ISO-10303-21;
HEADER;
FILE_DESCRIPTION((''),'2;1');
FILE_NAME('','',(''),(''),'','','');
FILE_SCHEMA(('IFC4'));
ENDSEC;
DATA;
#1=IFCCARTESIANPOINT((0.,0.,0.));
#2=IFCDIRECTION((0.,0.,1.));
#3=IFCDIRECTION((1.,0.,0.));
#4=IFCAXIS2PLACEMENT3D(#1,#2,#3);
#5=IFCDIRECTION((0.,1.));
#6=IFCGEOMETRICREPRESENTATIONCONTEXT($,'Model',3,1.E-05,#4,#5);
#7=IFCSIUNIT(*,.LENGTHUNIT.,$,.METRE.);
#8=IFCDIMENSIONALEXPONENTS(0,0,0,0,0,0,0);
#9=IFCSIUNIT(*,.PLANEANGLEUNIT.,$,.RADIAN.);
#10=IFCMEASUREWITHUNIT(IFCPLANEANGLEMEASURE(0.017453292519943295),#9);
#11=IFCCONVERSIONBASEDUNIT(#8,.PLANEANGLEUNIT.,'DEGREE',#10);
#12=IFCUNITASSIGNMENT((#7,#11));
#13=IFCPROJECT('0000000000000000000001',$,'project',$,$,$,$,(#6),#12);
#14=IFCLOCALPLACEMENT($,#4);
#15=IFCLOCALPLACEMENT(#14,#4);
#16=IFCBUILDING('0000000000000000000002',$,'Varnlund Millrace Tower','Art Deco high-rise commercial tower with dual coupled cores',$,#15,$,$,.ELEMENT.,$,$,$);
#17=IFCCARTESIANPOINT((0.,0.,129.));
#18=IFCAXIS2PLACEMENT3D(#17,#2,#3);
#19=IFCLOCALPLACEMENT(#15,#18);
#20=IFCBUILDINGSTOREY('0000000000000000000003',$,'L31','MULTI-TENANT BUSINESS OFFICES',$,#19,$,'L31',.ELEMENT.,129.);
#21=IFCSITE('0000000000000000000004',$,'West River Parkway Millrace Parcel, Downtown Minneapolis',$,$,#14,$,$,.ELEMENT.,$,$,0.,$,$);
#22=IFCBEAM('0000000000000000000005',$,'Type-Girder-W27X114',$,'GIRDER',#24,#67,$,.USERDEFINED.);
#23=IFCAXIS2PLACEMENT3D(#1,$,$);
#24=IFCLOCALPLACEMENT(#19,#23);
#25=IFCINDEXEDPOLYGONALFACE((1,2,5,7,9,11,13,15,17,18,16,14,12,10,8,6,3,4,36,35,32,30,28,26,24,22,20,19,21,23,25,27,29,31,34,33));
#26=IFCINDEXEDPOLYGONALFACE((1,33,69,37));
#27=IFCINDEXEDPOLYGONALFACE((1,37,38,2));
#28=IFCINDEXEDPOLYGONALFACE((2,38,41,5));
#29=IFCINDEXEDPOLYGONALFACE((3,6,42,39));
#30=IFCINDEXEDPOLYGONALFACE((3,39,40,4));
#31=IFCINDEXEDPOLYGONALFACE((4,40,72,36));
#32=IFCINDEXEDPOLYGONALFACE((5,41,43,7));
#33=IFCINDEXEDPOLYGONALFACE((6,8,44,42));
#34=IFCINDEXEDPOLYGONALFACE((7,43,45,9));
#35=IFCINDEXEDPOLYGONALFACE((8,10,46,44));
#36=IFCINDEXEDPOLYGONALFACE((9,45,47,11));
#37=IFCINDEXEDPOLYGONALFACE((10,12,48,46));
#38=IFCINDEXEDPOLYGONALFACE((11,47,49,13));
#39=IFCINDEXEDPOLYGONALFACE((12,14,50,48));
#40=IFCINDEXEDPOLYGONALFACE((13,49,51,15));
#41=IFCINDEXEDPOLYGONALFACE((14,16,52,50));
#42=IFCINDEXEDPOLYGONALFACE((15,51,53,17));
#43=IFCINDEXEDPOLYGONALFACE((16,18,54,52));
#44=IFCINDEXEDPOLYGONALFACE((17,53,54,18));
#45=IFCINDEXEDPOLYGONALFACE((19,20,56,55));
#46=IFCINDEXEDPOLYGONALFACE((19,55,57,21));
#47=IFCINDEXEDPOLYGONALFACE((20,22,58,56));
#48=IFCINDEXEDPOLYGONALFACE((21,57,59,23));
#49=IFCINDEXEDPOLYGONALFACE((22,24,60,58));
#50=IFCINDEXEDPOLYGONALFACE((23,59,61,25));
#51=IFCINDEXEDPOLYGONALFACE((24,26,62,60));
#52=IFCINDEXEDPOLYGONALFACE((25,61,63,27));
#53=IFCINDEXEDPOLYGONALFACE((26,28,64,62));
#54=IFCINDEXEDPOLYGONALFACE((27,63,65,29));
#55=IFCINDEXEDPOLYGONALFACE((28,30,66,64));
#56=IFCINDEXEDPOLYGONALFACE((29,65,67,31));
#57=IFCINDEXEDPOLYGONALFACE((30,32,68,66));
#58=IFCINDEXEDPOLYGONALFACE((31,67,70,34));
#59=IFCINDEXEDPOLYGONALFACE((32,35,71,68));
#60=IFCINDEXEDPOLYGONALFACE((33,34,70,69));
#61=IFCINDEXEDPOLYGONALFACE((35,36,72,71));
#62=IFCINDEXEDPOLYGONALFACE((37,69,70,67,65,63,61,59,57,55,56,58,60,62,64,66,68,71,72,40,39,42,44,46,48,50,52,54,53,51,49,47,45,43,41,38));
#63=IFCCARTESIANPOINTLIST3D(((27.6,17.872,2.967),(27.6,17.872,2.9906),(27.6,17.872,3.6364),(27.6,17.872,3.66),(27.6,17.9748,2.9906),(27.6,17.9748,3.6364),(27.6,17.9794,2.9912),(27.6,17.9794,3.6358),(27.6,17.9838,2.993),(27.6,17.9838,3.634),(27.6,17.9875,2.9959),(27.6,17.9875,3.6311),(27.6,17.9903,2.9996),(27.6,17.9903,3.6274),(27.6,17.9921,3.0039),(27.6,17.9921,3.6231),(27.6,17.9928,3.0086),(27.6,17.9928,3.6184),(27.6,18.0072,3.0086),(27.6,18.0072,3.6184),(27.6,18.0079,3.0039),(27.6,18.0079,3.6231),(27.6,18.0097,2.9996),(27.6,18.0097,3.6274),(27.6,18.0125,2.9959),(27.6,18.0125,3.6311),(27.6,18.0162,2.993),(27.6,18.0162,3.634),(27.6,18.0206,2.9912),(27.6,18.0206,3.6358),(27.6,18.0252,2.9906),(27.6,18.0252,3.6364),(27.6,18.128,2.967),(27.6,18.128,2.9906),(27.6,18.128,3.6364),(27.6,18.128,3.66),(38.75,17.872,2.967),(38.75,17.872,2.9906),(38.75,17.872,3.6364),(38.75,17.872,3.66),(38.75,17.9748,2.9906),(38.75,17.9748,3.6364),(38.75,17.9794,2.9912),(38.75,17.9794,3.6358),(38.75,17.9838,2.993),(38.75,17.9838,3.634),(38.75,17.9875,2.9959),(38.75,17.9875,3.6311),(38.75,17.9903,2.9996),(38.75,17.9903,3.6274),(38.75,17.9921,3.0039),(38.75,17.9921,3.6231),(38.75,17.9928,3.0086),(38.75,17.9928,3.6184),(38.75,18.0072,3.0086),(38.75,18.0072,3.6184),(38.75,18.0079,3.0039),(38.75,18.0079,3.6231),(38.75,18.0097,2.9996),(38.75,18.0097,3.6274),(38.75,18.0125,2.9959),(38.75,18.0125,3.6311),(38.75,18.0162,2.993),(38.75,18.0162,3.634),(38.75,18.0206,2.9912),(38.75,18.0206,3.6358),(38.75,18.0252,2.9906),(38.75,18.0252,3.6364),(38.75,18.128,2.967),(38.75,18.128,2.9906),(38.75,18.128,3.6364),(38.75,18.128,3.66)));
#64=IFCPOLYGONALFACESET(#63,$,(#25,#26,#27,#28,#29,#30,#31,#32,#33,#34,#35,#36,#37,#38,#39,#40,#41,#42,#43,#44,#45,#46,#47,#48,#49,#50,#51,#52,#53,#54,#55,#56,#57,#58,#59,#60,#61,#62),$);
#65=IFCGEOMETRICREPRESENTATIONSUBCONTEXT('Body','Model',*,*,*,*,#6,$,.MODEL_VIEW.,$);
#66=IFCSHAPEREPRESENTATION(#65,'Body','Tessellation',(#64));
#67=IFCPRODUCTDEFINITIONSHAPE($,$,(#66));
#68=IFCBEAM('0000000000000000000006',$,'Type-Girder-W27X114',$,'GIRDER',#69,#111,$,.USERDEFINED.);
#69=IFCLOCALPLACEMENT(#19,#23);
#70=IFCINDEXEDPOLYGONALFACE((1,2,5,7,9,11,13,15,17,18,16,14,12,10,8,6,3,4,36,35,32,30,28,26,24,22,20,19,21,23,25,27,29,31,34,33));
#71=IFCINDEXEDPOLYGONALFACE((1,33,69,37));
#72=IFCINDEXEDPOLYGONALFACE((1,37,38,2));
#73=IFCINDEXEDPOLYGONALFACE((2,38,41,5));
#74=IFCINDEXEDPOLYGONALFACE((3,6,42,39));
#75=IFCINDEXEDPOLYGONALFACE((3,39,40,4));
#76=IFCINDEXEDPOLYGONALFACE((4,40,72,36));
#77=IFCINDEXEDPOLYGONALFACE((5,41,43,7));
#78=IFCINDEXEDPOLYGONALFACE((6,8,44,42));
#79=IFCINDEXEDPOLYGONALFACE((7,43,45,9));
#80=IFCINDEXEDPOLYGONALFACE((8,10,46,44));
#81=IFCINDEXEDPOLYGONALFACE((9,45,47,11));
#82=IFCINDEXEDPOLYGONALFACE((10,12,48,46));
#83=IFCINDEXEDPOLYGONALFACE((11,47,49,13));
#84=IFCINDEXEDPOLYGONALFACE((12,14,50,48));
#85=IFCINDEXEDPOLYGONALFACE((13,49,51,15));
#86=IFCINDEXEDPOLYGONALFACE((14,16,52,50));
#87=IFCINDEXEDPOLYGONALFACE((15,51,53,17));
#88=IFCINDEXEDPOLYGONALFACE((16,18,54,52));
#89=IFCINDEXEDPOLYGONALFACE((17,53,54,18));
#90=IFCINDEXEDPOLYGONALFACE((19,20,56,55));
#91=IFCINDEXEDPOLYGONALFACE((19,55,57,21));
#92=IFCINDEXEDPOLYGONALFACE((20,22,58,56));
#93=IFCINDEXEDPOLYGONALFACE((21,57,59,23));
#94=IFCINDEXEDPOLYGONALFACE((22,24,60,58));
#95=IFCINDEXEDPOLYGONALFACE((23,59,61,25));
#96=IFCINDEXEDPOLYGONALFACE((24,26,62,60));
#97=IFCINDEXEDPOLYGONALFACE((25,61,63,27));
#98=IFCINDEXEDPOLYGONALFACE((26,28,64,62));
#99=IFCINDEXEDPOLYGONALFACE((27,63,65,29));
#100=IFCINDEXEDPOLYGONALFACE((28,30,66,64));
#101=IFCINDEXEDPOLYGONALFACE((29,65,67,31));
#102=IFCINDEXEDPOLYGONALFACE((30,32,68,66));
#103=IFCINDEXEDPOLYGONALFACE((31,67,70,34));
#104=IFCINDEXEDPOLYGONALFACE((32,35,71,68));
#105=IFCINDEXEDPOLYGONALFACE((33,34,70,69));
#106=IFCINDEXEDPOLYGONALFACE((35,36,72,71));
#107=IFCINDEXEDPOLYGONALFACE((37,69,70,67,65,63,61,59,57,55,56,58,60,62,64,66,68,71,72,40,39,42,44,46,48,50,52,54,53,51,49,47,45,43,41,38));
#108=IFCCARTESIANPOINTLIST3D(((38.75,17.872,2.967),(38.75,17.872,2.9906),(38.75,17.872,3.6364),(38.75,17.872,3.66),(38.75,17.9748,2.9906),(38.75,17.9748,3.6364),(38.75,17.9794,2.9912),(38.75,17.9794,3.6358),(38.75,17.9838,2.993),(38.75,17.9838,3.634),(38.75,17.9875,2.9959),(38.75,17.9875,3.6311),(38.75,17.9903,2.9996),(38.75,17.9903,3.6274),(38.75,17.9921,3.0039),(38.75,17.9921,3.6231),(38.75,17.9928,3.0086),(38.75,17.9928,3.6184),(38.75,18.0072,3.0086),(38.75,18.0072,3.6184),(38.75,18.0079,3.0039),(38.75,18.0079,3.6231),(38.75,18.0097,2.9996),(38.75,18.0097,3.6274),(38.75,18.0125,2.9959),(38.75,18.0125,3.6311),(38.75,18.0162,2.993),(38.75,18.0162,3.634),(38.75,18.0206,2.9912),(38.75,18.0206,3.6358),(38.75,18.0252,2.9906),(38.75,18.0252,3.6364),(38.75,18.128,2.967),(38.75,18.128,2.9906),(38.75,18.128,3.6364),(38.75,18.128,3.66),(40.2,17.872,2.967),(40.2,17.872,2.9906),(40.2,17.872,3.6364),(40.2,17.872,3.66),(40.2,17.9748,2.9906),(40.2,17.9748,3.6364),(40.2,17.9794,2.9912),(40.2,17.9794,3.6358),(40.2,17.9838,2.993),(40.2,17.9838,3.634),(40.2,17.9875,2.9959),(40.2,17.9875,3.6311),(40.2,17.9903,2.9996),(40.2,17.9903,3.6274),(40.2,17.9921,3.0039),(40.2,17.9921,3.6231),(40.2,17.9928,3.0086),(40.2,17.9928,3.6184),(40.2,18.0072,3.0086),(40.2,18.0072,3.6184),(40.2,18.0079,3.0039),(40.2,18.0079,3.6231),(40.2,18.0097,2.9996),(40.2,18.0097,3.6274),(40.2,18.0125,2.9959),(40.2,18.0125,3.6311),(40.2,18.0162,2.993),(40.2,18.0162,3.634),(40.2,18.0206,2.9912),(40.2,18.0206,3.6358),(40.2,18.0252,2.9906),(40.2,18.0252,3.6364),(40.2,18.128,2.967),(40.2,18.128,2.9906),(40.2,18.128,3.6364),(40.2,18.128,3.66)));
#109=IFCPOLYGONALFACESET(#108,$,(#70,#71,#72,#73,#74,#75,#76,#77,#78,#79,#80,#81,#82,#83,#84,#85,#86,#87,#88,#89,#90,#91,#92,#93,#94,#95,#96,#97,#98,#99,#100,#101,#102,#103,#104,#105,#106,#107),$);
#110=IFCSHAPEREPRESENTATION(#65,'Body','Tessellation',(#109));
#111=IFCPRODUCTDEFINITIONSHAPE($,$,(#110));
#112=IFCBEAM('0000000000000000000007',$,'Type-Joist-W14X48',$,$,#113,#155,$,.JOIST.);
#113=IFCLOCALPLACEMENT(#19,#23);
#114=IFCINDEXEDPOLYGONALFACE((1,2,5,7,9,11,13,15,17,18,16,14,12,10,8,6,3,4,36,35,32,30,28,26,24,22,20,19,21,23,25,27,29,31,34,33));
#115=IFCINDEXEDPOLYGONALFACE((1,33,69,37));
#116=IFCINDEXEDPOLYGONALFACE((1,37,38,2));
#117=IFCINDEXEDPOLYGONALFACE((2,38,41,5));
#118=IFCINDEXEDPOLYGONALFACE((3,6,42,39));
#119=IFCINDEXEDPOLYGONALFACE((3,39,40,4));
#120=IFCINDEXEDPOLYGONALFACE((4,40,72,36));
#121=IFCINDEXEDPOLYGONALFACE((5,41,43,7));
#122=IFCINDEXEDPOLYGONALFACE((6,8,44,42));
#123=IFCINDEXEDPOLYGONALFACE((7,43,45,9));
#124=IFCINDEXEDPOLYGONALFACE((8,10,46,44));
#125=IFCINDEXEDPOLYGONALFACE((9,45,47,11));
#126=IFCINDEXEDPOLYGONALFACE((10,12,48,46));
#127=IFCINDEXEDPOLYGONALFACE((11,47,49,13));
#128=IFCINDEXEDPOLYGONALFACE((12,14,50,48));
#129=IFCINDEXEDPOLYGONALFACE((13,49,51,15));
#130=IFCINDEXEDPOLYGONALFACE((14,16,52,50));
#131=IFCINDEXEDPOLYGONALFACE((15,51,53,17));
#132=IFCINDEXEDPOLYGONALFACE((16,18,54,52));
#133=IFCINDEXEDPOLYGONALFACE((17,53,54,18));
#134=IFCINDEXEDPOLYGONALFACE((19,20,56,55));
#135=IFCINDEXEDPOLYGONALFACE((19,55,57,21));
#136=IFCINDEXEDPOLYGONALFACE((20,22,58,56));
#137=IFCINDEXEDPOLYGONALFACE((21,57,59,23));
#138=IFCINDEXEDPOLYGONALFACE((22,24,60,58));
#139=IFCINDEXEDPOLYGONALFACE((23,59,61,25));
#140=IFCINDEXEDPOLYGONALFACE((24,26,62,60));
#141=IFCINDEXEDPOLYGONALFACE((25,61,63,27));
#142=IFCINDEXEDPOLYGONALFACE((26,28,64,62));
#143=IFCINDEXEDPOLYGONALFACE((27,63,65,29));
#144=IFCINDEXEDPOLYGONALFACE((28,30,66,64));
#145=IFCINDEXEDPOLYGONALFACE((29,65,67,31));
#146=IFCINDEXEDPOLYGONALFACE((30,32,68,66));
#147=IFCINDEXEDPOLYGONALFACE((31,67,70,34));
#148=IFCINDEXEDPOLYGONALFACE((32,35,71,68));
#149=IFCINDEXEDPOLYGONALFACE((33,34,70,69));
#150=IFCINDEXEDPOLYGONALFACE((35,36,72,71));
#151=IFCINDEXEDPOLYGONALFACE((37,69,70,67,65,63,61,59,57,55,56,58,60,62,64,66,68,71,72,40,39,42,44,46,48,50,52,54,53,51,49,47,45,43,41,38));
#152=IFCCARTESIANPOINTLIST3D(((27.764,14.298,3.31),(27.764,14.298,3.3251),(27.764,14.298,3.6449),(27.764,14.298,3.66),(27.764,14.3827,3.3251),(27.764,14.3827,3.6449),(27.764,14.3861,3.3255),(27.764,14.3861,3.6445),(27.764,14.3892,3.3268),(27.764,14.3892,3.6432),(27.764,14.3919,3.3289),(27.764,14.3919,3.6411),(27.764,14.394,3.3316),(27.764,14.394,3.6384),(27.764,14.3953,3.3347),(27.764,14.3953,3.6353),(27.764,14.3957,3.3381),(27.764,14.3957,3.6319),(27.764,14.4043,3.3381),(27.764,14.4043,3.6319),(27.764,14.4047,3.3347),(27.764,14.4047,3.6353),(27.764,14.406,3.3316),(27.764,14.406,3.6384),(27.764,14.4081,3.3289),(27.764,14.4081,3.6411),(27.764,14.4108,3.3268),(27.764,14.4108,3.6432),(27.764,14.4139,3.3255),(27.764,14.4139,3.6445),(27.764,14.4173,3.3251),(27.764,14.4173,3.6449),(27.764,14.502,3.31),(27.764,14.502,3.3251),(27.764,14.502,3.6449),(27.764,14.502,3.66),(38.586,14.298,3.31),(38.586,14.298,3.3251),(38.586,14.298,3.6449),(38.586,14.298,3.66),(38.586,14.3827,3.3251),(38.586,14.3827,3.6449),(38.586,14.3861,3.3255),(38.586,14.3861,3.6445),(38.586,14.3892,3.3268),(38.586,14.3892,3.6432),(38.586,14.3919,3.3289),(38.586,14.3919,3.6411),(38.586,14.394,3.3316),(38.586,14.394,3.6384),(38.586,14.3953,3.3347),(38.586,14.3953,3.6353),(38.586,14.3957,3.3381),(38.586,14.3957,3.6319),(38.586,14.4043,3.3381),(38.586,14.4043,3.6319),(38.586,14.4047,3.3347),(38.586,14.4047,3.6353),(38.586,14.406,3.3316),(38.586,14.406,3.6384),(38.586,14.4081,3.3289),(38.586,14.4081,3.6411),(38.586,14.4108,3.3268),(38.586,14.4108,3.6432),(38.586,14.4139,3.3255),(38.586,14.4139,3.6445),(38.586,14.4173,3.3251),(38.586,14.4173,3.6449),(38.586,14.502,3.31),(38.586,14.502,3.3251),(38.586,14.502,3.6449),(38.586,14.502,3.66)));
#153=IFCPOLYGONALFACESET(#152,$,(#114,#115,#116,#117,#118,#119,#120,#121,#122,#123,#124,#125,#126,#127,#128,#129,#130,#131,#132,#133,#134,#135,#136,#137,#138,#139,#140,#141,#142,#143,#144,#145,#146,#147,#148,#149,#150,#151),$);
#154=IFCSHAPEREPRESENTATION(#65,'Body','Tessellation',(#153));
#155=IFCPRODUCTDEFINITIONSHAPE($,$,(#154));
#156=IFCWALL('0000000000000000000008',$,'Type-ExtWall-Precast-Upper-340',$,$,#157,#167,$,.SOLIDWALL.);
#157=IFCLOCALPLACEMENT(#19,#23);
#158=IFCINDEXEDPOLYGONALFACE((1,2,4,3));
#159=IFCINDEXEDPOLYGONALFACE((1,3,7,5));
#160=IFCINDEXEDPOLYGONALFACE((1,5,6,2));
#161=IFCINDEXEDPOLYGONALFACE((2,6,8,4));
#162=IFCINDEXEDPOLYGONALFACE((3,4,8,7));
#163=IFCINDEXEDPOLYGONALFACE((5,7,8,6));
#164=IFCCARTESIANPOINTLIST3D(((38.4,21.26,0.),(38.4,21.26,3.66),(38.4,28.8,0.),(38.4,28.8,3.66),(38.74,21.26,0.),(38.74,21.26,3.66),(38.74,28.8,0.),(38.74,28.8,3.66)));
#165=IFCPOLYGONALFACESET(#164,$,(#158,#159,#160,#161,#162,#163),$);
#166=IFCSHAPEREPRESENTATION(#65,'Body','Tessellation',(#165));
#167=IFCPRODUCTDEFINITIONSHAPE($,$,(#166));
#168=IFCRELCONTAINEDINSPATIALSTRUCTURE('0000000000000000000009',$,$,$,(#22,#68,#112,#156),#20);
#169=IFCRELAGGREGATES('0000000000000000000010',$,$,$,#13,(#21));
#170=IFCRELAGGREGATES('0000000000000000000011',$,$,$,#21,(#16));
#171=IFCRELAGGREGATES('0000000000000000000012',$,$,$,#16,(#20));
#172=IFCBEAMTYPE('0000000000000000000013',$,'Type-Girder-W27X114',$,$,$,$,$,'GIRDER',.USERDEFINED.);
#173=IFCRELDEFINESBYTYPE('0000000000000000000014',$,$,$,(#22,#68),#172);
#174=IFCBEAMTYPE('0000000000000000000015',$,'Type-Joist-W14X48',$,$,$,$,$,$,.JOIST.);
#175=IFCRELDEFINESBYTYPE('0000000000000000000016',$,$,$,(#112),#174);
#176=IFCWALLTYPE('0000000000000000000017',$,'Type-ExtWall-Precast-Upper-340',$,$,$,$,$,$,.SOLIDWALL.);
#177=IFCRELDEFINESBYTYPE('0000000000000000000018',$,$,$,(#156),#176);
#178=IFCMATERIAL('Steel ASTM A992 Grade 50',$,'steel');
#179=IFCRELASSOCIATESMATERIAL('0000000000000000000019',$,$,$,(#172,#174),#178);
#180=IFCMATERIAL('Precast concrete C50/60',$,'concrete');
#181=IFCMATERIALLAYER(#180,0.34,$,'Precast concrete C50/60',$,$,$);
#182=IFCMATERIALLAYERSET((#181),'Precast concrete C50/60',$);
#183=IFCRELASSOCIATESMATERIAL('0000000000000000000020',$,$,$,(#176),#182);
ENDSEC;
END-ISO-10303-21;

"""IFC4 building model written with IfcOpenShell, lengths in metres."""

from ifc_helpers import new_model, entity, si_unit, converted_unit, direction, frame, origin_with_axes, origin_2d_with_axis, place, context, subcontext, project, spatial, polyline, i_section, outline, extrude, material, layer, layer_set, material_profile, profile_set, type_object, element, save


model = new_model("IFC4")

# Units and contexts
model_context = context("Model", 3, precision=1e-05, world=origin_with_axes(), true_north=direction((0.0, 1.0)))
body_context = subcontext(model_context, "Body", "Model", "MODEL_VIEW")
ifc_project = project(units=[si_unit("LENGTHUNIT", "METRE"), converted_unit("PLANEANGLEUNIT", "DEGREE", entity("IfcPlaneAngleMeasure", 0.017453292519943295), si_unit("PLANEANGLEUNIT", "RADIAN"), dimensions=[0, 0, 0, 0, 0, 0, 0])], contexts=[model_context])

# Site, building, storey
site_placement = place(None, origin_with_axes())
site = spatial("IfcSite", under=ifc_project, at=site_placement, Name="West River Parkway Millrace Parcel, Downtown Minneapolis", CompositionType="ELEMENT", RefElevation=0.0)
building_placement = place(site_placement, origin_with_axes())
building = spatial("IfcBuilding", under=site, at=building_placement, Name="Varnlund Millrace Tower", Description="Art Deco high-rise commercial tower with dual coupled cores", CompositionType="ELEMENT")
storey_placement = place(building_placement, frame((0.0, 0.0, 129.0), z_axis=(0.0, 0.0, 1.0), x_axis=(1.0, 0.0, 0.0)))
storey = spatial("IfcBuildingStorey", under=building, at=storey_placement, Name="L31", Description="MULTI-TENANT BUSINESS OFFICES", LongName="L31", CompositionType="ELEMENT", Elevation=129.0)

# Beams
ifc_material_1 = material(Name="Steel ASTM A992 Grade 50", Category="steel")
ifc_material_profile_1 = material_profile(ifc_material_1, i_section(OverallWidth=0.256, OverallDepth=0.693, WebThickness=0.0145, FlangeThickness=0.0236, FilletRadius=0.018, at=origin_2d_with_axis()), Name="Steel ASTM A992 Grade 50")
ifc_profile_set_1 = profile_set([ifc_material_profile_1], Name="Steel ASTM A992 Grade 50")
beam_type_1 = type_object("IfcBeamType", Name="Type-Girder-W27X114", ElementType="GIRDER", PredefinedType="USERDEFINED", material=ifc_profile_set_1)
beam_1_placement = place(storey_placement, frame((27.6, 18.0, 3.3135), z_axis=(1.0, 0.0, 0.0), x_axis=(0.0, 1.0, 0.0)))
element("IfcBeam", 1, at=beam_1_placement, inside=storey, type_object=beam_type_1, Name="Type-Girder-W27X114", ObjectType="GIRDER", PredefinedType="USERDEFINED", context=body_context, shape_type="SweptSolid", body=[
    extrude(i_section(OverallWidth=0.256, OverallDepth=0.693, WebThickness=0.0145, FlangeThickness=0.0236, FilletRadius=0.018, at=origin_2d_with_axis()), origin_with_axes(), (0.0, 0.0, 1.0), 11.15),
])
beam_2_placement = place(storey_placement, frame((38.75, 18.0, 3.3135), z_axis=(1.0, 0.0, 0.0), x_axis=(0.0, 1.0, 0.0)))
element("IfcBeam", 2, at=beam_2_placement, inside=storey, type_object=beam_type_1, Name="Type-Girder-W27X114", ObjectType="GIRDER", PredefinedType="USERDEFINED", context=body_context, shape_type="SweptSolid", body=[
    extrude(i_section(OverallWidth=0.256, OverallDepth=0.693, WebThickness=0.0145, FlangeThickness=0.0236, FilletRadius=0.018, at=origin_2d_with_axis()), origin_with_axes(), (0.0, 0.0, 1.0), 1.45),
])
ifc_material_profile_2 = material_profile(ifc_material_1, i_section(OverallWidth=0.204, OverallDepth=0.35, WebThickness=0.0086, FlangeThickness=0.0151, FilletRadius=0.013, at=origin_2d_with_axis()), Name="Steel ASTM A992 Grade 50")
ifc_profile_set_2 = profile_set([ifc_material_profile_2], Name="Steel ASTM A992 Grade 50")
beam_type_2 = type_object("IfcBeamType", Name="Type-Joist-W14X48", PredefinedType="JOIST", material=ifc_profile_set_2)
beam_3_placement = place(storey_placement, frame((27.764, 14.4, 3.485), z_axis=(1.0, 0.0, 0.0), x_axis=(0.0, 1.0, 0.0)))
element("IfcBeam", 3, at=beam_3_placement, inside=storey, type_object=beam_type_2, Name="Type-Joist-W14X48", PredefinedType="JOIST", context=body_context, shape_type="SweptSolid", body=[
    extrude(i_section(OverallWidth=0.204, OverallDepth=0.35, WebThickness=0.0086, FlangeThickness=0.0151, FilletRadius=0.013, at=origin_2d_with_axis()), origin_with_axes(), (0.0, 0.0, 1.0), 10.822),
])

# Wall
ifc_material_2 = material(Name="Precast concrete C50/60", Category="concrete")
ifc_layer_1 = layer(ifc_material_2, 0.34, Name="Precast concrete C50/60")
ifc_layer_set_1 = layer_set([ifc_layer_1], Name="Precast concrete C50/60")
wall_type_1 = type_object("IfcWallType", Name="Type-ExtWall-Precast-Upper-340", PredefinedType="SOLIDWALL", material=ifc_layer_set_1)
wall_1_placement = place(storey_placement, frame((38.57, 21.26, 0.0), z_axis=(0.0, 0.0, 1.0), x_axis=(0.0, 1.0, 0.0)))
element("IfcWall", 4, at=wall_1_placement, inside=storey, type_object=wall_type_1, Name="Type-ExtWall-Precast-Upper-340", PredefinedType="SOLIDWALL", context=body_context, shape_type="SweptSolid", body=[
    extrude(outline(polyline([(0.0, -0.17), (7.54, -0.17), (7.54, 0.17), (0.0, 0.17), (0.0, -0.17)])), origin_with_axes(), (0.0, 0.0, 1.0), 3.66),
])

save(model, "model.ifc")
